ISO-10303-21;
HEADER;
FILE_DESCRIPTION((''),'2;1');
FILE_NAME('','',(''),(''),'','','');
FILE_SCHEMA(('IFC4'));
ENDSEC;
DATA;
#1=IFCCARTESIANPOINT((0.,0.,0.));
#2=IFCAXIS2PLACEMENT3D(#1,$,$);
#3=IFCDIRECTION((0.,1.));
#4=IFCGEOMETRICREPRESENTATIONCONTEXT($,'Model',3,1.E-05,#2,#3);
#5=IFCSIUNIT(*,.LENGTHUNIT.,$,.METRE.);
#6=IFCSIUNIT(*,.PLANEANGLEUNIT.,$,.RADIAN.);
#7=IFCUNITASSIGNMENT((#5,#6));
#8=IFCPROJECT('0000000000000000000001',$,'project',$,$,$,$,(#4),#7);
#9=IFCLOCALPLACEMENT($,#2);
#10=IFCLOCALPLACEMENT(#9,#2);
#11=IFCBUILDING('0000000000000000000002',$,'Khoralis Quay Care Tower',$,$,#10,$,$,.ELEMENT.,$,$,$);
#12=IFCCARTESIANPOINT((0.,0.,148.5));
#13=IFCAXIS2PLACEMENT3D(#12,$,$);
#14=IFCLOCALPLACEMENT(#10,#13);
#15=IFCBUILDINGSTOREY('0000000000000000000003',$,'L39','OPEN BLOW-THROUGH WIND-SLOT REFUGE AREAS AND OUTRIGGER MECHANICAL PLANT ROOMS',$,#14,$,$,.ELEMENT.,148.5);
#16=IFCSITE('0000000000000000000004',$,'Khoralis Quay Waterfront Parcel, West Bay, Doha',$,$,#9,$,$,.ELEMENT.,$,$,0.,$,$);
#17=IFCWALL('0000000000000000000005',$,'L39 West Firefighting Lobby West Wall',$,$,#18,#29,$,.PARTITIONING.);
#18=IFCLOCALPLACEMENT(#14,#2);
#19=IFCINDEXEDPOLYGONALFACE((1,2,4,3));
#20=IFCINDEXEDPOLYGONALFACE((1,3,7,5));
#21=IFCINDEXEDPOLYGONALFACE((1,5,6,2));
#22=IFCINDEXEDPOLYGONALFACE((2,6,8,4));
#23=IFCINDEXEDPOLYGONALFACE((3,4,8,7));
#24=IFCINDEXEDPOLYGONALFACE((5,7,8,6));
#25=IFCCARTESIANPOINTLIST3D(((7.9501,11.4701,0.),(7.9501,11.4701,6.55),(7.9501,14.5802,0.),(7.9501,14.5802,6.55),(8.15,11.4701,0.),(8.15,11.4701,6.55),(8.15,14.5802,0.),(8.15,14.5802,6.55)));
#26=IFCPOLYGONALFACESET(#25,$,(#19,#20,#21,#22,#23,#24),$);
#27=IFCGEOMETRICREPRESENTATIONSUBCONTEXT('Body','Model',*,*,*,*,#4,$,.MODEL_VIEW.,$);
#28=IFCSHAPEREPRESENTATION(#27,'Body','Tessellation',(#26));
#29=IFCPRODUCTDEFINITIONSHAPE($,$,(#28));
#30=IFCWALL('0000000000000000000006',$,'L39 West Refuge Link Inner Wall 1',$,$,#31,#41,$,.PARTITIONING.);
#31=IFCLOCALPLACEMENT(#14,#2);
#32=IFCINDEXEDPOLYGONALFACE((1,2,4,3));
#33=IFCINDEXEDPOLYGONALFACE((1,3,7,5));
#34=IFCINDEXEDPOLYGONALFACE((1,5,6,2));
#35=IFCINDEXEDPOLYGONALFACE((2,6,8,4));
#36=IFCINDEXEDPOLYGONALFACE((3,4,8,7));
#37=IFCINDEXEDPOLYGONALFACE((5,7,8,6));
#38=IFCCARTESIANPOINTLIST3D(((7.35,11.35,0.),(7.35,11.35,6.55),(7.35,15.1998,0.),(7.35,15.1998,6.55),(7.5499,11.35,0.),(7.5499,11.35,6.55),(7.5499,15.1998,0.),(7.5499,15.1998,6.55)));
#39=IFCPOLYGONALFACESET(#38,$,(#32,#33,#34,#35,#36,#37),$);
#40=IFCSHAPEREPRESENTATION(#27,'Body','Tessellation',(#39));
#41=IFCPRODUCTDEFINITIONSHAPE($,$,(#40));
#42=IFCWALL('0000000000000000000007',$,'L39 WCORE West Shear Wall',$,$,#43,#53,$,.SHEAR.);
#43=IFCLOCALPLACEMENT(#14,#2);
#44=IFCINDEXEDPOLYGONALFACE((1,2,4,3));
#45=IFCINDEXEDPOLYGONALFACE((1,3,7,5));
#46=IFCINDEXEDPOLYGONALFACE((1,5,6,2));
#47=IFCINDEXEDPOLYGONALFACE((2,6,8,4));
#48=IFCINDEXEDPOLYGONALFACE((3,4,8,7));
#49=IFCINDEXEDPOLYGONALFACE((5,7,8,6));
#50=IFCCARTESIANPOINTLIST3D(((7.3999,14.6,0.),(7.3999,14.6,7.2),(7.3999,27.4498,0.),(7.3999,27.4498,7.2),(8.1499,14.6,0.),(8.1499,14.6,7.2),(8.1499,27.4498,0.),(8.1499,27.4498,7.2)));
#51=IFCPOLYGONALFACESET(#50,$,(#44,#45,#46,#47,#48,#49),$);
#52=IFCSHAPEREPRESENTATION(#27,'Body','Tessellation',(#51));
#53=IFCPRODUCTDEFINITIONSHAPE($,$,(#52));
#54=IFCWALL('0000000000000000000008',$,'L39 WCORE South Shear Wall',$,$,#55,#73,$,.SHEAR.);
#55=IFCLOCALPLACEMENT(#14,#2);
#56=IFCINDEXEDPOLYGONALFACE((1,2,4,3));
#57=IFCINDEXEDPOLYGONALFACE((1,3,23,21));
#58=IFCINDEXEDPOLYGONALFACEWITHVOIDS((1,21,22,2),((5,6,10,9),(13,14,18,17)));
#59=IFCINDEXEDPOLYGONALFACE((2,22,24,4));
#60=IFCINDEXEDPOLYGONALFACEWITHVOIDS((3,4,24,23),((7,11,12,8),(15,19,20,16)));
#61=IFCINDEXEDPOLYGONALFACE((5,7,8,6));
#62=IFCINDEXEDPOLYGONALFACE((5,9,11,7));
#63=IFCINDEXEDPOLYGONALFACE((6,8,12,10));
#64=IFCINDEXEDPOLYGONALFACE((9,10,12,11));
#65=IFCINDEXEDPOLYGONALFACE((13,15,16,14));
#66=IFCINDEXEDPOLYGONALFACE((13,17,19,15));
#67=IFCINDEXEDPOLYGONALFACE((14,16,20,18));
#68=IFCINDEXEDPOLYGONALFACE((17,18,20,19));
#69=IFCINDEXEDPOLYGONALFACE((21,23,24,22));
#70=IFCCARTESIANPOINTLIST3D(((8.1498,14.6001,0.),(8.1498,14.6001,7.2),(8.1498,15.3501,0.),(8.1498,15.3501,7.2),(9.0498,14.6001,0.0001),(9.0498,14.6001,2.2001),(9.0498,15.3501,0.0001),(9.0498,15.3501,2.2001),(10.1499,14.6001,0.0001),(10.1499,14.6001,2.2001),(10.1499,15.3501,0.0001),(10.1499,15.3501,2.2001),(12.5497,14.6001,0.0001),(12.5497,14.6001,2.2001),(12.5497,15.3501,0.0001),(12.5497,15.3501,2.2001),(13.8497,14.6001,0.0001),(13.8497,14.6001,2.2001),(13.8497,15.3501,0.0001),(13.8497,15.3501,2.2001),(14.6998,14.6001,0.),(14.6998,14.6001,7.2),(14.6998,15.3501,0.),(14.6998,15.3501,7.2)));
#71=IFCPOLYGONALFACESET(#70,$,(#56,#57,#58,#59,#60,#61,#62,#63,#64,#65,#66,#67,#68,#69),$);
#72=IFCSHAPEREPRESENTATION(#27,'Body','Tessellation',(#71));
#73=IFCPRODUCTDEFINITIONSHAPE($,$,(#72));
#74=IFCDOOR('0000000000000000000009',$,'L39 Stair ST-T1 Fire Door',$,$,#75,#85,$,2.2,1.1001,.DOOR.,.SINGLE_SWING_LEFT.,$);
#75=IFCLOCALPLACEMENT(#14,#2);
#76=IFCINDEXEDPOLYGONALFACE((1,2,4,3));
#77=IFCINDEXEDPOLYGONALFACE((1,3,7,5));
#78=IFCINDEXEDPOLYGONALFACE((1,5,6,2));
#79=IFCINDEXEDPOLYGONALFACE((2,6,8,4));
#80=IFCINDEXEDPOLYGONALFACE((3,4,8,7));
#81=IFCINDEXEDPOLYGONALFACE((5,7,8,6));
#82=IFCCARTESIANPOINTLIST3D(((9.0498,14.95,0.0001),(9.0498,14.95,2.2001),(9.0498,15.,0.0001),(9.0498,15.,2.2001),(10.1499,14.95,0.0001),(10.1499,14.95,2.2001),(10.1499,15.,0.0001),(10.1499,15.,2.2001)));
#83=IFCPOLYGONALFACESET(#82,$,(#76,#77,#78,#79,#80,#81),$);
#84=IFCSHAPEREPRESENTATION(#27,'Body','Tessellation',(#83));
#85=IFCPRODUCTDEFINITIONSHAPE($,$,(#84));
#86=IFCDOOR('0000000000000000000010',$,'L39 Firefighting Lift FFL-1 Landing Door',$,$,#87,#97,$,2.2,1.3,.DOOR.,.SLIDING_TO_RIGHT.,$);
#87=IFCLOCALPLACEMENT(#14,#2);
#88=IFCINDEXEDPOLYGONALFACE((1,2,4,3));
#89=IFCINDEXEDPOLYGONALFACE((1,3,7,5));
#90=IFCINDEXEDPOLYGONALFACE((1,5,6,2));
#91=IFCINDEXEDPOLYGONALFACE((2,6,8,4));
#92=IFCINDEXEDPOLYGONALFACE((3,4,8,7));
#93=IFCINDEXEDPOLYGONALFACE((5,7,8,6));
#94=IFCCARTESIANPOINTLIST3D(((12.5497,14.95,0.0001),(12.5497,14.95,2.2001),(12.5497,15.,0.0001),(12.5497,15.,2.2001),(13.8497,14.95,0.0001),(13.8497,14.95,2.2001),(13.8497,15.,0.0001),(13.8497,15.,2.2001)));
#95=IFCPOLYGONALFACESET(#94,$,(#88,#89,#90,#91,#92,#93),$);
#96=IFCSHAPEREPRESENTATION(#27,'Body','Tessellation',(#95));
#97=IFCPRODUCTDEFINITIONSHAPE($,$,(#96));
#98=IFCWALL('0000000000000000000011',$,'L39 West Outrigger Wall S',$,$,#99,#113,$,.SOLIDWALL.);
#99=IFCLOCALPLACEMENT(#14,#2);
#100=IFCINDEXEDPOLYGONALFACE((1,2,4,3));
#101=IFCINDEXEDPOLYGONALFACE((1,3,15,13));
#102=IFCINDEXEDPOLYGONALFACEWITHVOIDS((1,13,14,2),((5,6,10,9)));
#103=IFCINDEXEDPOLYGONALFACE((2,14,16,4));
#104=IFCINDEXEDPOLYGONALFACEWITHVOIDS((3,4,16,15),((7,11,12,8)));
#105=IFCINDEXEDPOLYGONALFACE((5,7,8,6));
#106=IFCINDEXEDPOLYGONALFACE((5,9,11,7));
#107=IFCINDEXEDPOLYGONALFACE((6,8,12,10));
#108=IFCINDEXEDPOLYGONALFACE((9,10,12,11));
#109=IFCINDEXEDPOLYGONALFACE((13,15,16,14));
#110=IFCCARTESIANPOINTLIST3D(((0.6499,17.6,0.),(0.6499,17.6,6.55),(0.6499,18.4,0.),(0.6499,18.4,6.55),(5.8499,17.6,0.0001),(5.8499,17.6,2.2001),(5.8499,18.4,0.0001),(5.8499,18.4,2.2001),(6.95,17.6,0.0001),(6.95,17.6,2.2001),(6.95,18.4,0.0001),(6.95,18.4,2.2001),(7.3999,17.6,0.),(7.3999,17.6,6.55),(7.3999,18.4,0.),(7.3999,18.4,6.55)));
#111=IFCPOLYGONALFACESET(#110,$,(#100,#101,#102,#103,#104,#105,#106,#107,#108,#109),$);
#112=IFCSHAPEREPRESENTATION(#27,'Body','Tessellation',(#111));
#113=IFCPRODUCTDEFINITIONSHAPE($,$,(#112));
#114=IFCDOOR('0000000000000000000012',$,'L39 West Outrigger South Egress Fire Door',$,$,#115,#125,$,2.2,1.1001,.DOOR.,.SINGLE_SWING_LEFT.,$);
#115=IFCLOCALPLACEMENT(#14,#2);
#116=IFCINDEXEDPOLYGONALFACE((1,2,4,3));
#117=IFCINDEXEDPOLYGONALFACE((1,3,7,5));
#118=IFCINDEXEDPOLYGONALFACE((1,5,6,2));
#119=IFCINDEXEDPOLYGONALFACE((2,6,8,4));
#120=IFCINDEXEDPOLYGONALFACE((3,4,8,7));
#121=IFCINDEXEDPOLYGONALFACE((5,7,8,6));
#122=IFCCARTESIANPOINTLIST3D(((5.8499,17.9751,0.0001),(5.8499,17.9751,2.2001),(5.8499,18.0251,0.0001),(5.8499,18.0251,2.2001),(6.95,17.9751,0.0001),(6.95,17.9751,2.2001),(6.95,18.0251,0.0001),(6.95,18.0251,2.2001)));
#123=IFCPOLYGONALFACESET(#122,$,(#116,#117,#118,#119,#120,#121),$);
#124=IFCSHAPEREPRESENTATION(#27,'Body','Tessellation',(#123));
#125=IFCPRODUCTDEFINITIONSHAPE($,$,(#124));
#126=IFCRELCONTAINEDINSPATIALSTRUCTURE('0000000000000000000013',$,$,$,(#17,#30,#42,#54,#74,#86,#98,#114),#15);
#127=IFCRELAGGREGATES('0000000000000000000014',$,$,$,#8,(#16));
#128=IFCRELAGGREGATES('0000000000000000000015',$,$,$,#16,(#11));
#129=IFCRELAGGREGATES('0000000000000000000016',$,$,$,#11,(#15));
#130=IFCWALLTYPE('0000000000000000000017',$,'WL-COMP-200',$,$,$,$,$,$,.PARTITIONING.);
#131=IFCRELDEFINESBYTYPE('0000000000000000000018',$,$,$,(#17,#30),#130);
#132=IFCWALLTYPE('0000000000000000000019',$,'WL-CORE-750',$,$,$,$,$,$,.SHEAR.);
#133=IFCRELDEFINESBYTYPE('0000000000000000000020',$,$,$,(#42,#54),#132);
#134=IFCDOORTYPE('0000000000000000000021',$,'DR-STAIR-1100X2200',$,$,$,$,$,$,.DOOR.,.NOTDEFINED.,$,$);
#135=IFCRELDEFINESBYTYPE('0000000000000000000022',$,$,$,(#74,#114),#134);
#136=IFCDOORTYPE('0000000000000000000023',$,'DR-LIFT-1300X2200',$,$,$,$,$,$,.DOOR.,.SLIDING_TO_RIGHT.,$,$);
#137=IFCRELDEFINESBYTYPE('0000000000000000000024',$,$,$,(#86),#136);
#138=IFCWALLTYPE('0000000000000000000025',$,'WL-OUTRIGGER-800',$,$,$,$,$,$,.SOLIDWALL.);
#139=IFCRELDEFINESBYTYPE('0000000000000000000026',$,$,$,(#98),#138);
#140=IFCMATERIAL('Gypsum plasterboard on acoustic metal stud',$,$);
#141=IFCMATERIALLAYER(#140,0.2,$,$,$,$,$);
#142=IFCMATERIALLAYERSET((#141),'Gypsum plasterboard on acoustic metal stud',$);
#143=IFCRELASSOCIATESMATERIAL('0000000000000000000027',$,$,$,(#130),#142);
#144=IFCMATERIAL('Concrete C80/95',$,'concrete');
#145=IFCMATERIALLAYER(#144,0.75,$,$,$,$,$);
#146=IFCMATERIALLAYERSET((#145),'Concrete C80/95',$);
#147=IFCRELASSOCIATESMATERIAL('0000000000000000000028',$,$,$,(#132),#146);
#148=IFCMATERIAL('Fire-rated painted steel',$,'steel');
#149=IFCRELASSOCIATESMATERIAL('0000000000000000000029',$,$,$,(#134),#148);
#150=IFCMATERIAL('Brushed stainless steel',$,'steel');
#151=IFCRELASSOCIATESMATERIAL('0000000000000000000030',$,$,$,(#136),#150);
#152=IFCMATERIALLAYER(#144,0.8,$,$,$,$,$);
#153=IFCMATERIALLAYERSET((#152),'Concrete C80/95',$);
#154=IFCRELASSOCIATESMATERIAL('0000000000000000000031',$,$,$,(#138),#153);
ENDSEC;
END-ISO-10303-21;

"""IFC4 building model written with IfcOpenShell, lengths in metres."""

from ifc_helpers import new_model, si_unit, direction, frame, frame_2d, origin, place, context, subcontext, project, spatial, rectangle, extrude, source, transform, mapped, material, layer, layer_set, type_object, element, fill, save


model = new_model("IFC4")

# Units and contexts
model_context = context("Model", 3, precision=1e-05, world=origin(), true_north=direction((0.0, 1.0)))
body_context = subcontext(model_context, "Body", "Model", "MODEL_VIEW")
ifc_project = project(units=[si_unit("LENGTHUNIT", "METRE"), si_unit("PLANEANGLEUNIT", "RADIAN")], contexts=[model_context])

# Site, building, storey
site_placement = place(None, origin())
site = spatial("IfcSite", under=ifc_project, at=site_placement, Name="Khoralis Quay Waterfront Parcel, West Bay, Doha", CompositionType="ELEMENT", RefElevation=0.0)
building_placement = place(site_placement, origin())
building = spatial("IfcBuilding", under=site, at=building_placement, Name="Khoralis Quay Care Tower", CompositionType="ELEMENT")
storey_placement = place(building_placement, frame((0.0, 0.0, 148.5)))
storey = spatial("IfcBuildingStorey", under=building, at=storey_placement, Name="L39", Description="OPEN BLOW-THROUGH WIND-SLOT REFUGE AREAS AND OUTRIGGER MECHANICAL PLANT ROOMS", CompositionType="ELEMENT", Elevation=148.5)

# Shared definitions
ifc_material_1 = material(Name="Concrete C80/95", Category="concrete")

# Shared definitions
ifc_material_2 = material(Name="Gypsum plasterboard on acoustic metal stud")
ifc_layer_1 = layer(ifc_material_2, 0.2)
ifc_layer_set_1 = layer_set([ifc_layer_1], Name="Gypsum plasterboard on acoustic metal stud")
wall_type_1 = type_object("IfcWallType", Name="WL-COMP-200", PredefinedType="PARTITIONING", material=ifc_layer_set_1)
ifc_material_3 = material(Name="Fire-rated painted steel", Category="steel")

# Walls
wall_1_placement = place(storey_placement, frame((8.05, 11.47, 0.0), z_axis=(0.0, 0.0, 1.0), x_axis=(0.0, 1.0, 0.0)))
element("IfcWall", 1, at=wall_1_placement, inside=storey, type_object=wall_type_1, Name="L39 West Firefighting Lobby West Wall", PredefinedType="PARTITIONING", context=body_context, shape_type="SweptSolid", body=[
    extrude(rectangle(XDim=3.1101, YDim=0.2, at=frame_2d((1.5552, 0.0))), origin(), (0.0, 0.0, 1.0), 6.55),
])
wall_2_placement = place(storey_placement, frame((7.45, 11.3501, 0.0), z_axis=(0.0, 0.0, 1.0), x_axis=(0.0, 1.0, 0.0)))
element("IfcWall", 2, at=wall_2_placement, inside=storey, type_object=wall_type_1, Name="L39 West Refuge Link Inner Wall 1", PredefinedType="PARTITIONING", context=body_context, shape_type="SweptSolid", body=[
    extrude(rectangle(XDim=3.8499, YDim=0.2, at=frame_2d((1.9248, 0.0))), origin(), (0.0, 0.0, 1.0), 6.55),
])
ifc_layer_2 = layer(ifc_material_1, 0.75)
ifc_layer_set_2 = layer_set([ifc_layer_2], Name="Concrete C80/95")
wall_type_2 = type_object("IfcWallType", Name="WL-CORE-750", PredefinedType="SHEAR", material=ifc_layer_set_2)
wall_3_placement = place(storey_placement, frame((7.7749, 14.6001, 0.0), z_axis=(0.0, 0.0, 1.0), x_axis=(0.0, 1.0, 0.0)))
element("IfcWall", 3, at=wall_3_placement, inside=storey, type_object=wall_type_2, Name="L39 WCORE West Shear Wall", PredefinedType="SHEAR", context=body_context, shape_type="SweptSolid", body=[
    extrude(rectangle(XDim=12.8499, YDim=0.75, at=frame_2d((6.4248, 0.0))), origin(), (0.0, 0.0, 1.0), 7.2),
])

# Wall, openings, doors
wall_4_placement = place(storey_placement, frame((8.1499, 14.9751, 0.0), z_axis=(0.0, 0.0, 1.0), x_axis=(1.0, 0.0, 0.0)))
wall_4 = element("IfcWall", 4, at=wall_4_placement, inside=storey, type_object=wall_type_2, Name="L39 WCORE South Shear Wall", PredefinedType="SHEAR", context=body_context, shape_type="SweptSolid", body=[
    extrude(rectangle(XDim=6.55, YDim=0.75, at=frame_2d((3.2749, 0.0))), origin(), (0.0, 0.0, 1.0), 7.2),
])
opening_1_placement = place(wall_4_placement, frame((0.8999, 0.0, 0.0)))
opening_1 = element("IfcOpeningElement", 5, at=opening_1_placement, cuts=wall_4, PredefinedType="OPENING", context=body_context, shape_type="SweptSolid", body=[
    extrude(rectangle(XDim=1.1001, YDim=2.2, at=frame_2d((0.55, 1.1001))), frame((0.0, 0.385, 0.0), z_axis=(0.0, -1.0, 0.0), x_axis=(1.0, 0.0, 0.0)), (0.0, 0.0, 1.0), 0.77),
])
opening_2_placement = place(wall_4_placement, frame((4.3999, 0.0, 0.0)))
opening_2 = element("IfcOpeningElement", 6, at=opening_2_placement, cuts=wall_4, PredefinedType="OPENING", context=body_context, shape_type="SweptSolid", body=[
    extrude(rectangle(XDim=1.3, YDim=2.2, at=frame_2d((0.6499, 1.1001))), frame((0.0, 0.385, 0.0), z_axis=(0.0, -1.0, 0.0), x_axis=(1.0, 0.0, 0.0)), (0.0, 0.0, 1.0), 0.77),
])
door_type_1 = type_object("IfcDoorType", Name="DR-STAIR-1100X2200", OperationType="NOTDEFINED", PredefinedType="DOOR", material=ifc_material_3)
shared_shape_1 = source(origin(), body_context, "Body", "SweptSolid", [
    extrude(rectangle(XDim=1.1001, YDim=2.2, at=frame_2d((0.55, 1.1001))), frame((0.0, 0.0249, 0.0), z_axis=(0.0, -1.0, 0.0), x_axis=(1.0, 0.0, 0.0)), (0.0, 0.0, 1.0), 0.05),
])
door_1_placement = place(opening_1_placement, origin())
door_1 = element("IfcDoor", 7, at=door_1_placement, inside=storey, type_object=door_type_1, Name="L39 Stair ST-T1 Fire Door", OperationType="SINGLE_SWING_LEFT", OverallHeight=2.2, OverallWidth=1.1001, PredefinedType="DOOR", context=body_context, shape_type="MappedRepresentation", body=[
    mapped(shared_shape_1, transform((0.0, 0.0, 0.0), scale=1.0)),
])
fill(opening_1, door_1)
ifc_material_4 = material(Name="Brushed stainless steel", Category="steel")
door_type_2 = type_object("IfcDoorType", Name="DR-LIFT-1300X2200", OperationType="SLIDING_TO_RIGHT", PredefinedType="DOOR", material=ifc_material_4)
shared_shape_2 = source(origin(), body_context, "Body", "SweptSolid", [
    extrude(rectangle(XDim=1.3, YDim=2.2, at=frame_2d((0.6499, 1.1001))), frame((0.0, 0.0249, 0.0), z_axis=(0.0, -1.0, 0.0), x_axis=(1.0, 0.0, 0.0)), (0.0, 0.0, 1.0), 0.05),
])
door_2_placement = place(opening_2_placement, origin())
door_2 = element("IfcDoor", 8, at=door_2_placement, inside=storey, type_object=door_type_2, Name="L39 Firefighting Lift FFL-1 Landing Door", OperationType="SLIDING_TO_RIGHT", OverallHeight=2.2, OverallWidth=1.3, PredefinedType="DOOR", context=body_context, shape_type="MappedRepresentation", body=[
    mapped(shared_shape_2, transform((0.0, 0.0, 0.0), scale=1.0)),
])
fill(opening_2, door_2)

# Wall, opening, door
ifc_layer_3 = layer(ifc_material_1, 0.8)
ifc_layer_set_3 = layer_set([ifc_layer_3], Name="Concrete C80/95")
wall_type_3 = type_object("IfcWallType", Name="WL-OUTRIGGER-800", PredefinedType="SOLIDWALL", material=ifc_layer_set_3)
wall_5_placement = place(storey_placement, frame((0.6499, 18.0, 0.0), z_axis=(0.0, 0.0, 1.0), x_axis=(1.0, 0.0, 0.0)))
wall_5 = element("IfcWall", 9, at=wall_5_placement, inside=storey, type_object=wall_type_3, Name="L39 West Outrigger Wall S", PredefinedType="SOLIDWALL", context=body_context, shape_type="SweptSolid", body=[
    extrude(rectangle(XDim=6.75, YDim=0.8, at=frame_2d((3.375, 0.0))), origin(), (0.0, 0.0, 1.0), 6.55),
])
opening_3_placement = place(wall_5_placement, frame((5.2, 0.0, 0.0)))
opening_3 = element("IfcOpeningElement", 10, at=opening_3_placement, cuts=wall_5, PredefinedType="OPENING", context=body_context, shape_type="SweptSolid", body=[
    extrude(rectangle(XDim=1.1001, YDim=2.2, at=frame_2d((0.55, 1.1001))), frame((0.0, 0.4102, 0.0), z_axis=(0.0, -1.0, 0.0), x_axis=(1.0, 0.0, 0.0)), (0.0, 0.0, 1.0), 0.8201),
])
door_3_placement = place(opening_3_placement, frame((1.1001, 0.0, 0.0), z_axis=(0.0, 0.0, 1.0), x_axis=(-1.0, 0.0, 0.0)))
door_3 = element("IfcDoor", 11, at=door_3_placement, inside=storey, type_object=door_type_1, Name="L39 West Outrigger South Egress Fire Door", OperationType="SINGLE_SWING_LEFT", OverallHeight=2.2, OverallWidth=1.1001, PredefinedType="DOOR", context=body_context, shape_type="MappedRepresentation", body=[
    mapped(shared_shape_1, transform((0.0, 0.0, 0.0), scale=1.0)),
])
fill(opening_3, door_3)

save(model, "model.ifc")
